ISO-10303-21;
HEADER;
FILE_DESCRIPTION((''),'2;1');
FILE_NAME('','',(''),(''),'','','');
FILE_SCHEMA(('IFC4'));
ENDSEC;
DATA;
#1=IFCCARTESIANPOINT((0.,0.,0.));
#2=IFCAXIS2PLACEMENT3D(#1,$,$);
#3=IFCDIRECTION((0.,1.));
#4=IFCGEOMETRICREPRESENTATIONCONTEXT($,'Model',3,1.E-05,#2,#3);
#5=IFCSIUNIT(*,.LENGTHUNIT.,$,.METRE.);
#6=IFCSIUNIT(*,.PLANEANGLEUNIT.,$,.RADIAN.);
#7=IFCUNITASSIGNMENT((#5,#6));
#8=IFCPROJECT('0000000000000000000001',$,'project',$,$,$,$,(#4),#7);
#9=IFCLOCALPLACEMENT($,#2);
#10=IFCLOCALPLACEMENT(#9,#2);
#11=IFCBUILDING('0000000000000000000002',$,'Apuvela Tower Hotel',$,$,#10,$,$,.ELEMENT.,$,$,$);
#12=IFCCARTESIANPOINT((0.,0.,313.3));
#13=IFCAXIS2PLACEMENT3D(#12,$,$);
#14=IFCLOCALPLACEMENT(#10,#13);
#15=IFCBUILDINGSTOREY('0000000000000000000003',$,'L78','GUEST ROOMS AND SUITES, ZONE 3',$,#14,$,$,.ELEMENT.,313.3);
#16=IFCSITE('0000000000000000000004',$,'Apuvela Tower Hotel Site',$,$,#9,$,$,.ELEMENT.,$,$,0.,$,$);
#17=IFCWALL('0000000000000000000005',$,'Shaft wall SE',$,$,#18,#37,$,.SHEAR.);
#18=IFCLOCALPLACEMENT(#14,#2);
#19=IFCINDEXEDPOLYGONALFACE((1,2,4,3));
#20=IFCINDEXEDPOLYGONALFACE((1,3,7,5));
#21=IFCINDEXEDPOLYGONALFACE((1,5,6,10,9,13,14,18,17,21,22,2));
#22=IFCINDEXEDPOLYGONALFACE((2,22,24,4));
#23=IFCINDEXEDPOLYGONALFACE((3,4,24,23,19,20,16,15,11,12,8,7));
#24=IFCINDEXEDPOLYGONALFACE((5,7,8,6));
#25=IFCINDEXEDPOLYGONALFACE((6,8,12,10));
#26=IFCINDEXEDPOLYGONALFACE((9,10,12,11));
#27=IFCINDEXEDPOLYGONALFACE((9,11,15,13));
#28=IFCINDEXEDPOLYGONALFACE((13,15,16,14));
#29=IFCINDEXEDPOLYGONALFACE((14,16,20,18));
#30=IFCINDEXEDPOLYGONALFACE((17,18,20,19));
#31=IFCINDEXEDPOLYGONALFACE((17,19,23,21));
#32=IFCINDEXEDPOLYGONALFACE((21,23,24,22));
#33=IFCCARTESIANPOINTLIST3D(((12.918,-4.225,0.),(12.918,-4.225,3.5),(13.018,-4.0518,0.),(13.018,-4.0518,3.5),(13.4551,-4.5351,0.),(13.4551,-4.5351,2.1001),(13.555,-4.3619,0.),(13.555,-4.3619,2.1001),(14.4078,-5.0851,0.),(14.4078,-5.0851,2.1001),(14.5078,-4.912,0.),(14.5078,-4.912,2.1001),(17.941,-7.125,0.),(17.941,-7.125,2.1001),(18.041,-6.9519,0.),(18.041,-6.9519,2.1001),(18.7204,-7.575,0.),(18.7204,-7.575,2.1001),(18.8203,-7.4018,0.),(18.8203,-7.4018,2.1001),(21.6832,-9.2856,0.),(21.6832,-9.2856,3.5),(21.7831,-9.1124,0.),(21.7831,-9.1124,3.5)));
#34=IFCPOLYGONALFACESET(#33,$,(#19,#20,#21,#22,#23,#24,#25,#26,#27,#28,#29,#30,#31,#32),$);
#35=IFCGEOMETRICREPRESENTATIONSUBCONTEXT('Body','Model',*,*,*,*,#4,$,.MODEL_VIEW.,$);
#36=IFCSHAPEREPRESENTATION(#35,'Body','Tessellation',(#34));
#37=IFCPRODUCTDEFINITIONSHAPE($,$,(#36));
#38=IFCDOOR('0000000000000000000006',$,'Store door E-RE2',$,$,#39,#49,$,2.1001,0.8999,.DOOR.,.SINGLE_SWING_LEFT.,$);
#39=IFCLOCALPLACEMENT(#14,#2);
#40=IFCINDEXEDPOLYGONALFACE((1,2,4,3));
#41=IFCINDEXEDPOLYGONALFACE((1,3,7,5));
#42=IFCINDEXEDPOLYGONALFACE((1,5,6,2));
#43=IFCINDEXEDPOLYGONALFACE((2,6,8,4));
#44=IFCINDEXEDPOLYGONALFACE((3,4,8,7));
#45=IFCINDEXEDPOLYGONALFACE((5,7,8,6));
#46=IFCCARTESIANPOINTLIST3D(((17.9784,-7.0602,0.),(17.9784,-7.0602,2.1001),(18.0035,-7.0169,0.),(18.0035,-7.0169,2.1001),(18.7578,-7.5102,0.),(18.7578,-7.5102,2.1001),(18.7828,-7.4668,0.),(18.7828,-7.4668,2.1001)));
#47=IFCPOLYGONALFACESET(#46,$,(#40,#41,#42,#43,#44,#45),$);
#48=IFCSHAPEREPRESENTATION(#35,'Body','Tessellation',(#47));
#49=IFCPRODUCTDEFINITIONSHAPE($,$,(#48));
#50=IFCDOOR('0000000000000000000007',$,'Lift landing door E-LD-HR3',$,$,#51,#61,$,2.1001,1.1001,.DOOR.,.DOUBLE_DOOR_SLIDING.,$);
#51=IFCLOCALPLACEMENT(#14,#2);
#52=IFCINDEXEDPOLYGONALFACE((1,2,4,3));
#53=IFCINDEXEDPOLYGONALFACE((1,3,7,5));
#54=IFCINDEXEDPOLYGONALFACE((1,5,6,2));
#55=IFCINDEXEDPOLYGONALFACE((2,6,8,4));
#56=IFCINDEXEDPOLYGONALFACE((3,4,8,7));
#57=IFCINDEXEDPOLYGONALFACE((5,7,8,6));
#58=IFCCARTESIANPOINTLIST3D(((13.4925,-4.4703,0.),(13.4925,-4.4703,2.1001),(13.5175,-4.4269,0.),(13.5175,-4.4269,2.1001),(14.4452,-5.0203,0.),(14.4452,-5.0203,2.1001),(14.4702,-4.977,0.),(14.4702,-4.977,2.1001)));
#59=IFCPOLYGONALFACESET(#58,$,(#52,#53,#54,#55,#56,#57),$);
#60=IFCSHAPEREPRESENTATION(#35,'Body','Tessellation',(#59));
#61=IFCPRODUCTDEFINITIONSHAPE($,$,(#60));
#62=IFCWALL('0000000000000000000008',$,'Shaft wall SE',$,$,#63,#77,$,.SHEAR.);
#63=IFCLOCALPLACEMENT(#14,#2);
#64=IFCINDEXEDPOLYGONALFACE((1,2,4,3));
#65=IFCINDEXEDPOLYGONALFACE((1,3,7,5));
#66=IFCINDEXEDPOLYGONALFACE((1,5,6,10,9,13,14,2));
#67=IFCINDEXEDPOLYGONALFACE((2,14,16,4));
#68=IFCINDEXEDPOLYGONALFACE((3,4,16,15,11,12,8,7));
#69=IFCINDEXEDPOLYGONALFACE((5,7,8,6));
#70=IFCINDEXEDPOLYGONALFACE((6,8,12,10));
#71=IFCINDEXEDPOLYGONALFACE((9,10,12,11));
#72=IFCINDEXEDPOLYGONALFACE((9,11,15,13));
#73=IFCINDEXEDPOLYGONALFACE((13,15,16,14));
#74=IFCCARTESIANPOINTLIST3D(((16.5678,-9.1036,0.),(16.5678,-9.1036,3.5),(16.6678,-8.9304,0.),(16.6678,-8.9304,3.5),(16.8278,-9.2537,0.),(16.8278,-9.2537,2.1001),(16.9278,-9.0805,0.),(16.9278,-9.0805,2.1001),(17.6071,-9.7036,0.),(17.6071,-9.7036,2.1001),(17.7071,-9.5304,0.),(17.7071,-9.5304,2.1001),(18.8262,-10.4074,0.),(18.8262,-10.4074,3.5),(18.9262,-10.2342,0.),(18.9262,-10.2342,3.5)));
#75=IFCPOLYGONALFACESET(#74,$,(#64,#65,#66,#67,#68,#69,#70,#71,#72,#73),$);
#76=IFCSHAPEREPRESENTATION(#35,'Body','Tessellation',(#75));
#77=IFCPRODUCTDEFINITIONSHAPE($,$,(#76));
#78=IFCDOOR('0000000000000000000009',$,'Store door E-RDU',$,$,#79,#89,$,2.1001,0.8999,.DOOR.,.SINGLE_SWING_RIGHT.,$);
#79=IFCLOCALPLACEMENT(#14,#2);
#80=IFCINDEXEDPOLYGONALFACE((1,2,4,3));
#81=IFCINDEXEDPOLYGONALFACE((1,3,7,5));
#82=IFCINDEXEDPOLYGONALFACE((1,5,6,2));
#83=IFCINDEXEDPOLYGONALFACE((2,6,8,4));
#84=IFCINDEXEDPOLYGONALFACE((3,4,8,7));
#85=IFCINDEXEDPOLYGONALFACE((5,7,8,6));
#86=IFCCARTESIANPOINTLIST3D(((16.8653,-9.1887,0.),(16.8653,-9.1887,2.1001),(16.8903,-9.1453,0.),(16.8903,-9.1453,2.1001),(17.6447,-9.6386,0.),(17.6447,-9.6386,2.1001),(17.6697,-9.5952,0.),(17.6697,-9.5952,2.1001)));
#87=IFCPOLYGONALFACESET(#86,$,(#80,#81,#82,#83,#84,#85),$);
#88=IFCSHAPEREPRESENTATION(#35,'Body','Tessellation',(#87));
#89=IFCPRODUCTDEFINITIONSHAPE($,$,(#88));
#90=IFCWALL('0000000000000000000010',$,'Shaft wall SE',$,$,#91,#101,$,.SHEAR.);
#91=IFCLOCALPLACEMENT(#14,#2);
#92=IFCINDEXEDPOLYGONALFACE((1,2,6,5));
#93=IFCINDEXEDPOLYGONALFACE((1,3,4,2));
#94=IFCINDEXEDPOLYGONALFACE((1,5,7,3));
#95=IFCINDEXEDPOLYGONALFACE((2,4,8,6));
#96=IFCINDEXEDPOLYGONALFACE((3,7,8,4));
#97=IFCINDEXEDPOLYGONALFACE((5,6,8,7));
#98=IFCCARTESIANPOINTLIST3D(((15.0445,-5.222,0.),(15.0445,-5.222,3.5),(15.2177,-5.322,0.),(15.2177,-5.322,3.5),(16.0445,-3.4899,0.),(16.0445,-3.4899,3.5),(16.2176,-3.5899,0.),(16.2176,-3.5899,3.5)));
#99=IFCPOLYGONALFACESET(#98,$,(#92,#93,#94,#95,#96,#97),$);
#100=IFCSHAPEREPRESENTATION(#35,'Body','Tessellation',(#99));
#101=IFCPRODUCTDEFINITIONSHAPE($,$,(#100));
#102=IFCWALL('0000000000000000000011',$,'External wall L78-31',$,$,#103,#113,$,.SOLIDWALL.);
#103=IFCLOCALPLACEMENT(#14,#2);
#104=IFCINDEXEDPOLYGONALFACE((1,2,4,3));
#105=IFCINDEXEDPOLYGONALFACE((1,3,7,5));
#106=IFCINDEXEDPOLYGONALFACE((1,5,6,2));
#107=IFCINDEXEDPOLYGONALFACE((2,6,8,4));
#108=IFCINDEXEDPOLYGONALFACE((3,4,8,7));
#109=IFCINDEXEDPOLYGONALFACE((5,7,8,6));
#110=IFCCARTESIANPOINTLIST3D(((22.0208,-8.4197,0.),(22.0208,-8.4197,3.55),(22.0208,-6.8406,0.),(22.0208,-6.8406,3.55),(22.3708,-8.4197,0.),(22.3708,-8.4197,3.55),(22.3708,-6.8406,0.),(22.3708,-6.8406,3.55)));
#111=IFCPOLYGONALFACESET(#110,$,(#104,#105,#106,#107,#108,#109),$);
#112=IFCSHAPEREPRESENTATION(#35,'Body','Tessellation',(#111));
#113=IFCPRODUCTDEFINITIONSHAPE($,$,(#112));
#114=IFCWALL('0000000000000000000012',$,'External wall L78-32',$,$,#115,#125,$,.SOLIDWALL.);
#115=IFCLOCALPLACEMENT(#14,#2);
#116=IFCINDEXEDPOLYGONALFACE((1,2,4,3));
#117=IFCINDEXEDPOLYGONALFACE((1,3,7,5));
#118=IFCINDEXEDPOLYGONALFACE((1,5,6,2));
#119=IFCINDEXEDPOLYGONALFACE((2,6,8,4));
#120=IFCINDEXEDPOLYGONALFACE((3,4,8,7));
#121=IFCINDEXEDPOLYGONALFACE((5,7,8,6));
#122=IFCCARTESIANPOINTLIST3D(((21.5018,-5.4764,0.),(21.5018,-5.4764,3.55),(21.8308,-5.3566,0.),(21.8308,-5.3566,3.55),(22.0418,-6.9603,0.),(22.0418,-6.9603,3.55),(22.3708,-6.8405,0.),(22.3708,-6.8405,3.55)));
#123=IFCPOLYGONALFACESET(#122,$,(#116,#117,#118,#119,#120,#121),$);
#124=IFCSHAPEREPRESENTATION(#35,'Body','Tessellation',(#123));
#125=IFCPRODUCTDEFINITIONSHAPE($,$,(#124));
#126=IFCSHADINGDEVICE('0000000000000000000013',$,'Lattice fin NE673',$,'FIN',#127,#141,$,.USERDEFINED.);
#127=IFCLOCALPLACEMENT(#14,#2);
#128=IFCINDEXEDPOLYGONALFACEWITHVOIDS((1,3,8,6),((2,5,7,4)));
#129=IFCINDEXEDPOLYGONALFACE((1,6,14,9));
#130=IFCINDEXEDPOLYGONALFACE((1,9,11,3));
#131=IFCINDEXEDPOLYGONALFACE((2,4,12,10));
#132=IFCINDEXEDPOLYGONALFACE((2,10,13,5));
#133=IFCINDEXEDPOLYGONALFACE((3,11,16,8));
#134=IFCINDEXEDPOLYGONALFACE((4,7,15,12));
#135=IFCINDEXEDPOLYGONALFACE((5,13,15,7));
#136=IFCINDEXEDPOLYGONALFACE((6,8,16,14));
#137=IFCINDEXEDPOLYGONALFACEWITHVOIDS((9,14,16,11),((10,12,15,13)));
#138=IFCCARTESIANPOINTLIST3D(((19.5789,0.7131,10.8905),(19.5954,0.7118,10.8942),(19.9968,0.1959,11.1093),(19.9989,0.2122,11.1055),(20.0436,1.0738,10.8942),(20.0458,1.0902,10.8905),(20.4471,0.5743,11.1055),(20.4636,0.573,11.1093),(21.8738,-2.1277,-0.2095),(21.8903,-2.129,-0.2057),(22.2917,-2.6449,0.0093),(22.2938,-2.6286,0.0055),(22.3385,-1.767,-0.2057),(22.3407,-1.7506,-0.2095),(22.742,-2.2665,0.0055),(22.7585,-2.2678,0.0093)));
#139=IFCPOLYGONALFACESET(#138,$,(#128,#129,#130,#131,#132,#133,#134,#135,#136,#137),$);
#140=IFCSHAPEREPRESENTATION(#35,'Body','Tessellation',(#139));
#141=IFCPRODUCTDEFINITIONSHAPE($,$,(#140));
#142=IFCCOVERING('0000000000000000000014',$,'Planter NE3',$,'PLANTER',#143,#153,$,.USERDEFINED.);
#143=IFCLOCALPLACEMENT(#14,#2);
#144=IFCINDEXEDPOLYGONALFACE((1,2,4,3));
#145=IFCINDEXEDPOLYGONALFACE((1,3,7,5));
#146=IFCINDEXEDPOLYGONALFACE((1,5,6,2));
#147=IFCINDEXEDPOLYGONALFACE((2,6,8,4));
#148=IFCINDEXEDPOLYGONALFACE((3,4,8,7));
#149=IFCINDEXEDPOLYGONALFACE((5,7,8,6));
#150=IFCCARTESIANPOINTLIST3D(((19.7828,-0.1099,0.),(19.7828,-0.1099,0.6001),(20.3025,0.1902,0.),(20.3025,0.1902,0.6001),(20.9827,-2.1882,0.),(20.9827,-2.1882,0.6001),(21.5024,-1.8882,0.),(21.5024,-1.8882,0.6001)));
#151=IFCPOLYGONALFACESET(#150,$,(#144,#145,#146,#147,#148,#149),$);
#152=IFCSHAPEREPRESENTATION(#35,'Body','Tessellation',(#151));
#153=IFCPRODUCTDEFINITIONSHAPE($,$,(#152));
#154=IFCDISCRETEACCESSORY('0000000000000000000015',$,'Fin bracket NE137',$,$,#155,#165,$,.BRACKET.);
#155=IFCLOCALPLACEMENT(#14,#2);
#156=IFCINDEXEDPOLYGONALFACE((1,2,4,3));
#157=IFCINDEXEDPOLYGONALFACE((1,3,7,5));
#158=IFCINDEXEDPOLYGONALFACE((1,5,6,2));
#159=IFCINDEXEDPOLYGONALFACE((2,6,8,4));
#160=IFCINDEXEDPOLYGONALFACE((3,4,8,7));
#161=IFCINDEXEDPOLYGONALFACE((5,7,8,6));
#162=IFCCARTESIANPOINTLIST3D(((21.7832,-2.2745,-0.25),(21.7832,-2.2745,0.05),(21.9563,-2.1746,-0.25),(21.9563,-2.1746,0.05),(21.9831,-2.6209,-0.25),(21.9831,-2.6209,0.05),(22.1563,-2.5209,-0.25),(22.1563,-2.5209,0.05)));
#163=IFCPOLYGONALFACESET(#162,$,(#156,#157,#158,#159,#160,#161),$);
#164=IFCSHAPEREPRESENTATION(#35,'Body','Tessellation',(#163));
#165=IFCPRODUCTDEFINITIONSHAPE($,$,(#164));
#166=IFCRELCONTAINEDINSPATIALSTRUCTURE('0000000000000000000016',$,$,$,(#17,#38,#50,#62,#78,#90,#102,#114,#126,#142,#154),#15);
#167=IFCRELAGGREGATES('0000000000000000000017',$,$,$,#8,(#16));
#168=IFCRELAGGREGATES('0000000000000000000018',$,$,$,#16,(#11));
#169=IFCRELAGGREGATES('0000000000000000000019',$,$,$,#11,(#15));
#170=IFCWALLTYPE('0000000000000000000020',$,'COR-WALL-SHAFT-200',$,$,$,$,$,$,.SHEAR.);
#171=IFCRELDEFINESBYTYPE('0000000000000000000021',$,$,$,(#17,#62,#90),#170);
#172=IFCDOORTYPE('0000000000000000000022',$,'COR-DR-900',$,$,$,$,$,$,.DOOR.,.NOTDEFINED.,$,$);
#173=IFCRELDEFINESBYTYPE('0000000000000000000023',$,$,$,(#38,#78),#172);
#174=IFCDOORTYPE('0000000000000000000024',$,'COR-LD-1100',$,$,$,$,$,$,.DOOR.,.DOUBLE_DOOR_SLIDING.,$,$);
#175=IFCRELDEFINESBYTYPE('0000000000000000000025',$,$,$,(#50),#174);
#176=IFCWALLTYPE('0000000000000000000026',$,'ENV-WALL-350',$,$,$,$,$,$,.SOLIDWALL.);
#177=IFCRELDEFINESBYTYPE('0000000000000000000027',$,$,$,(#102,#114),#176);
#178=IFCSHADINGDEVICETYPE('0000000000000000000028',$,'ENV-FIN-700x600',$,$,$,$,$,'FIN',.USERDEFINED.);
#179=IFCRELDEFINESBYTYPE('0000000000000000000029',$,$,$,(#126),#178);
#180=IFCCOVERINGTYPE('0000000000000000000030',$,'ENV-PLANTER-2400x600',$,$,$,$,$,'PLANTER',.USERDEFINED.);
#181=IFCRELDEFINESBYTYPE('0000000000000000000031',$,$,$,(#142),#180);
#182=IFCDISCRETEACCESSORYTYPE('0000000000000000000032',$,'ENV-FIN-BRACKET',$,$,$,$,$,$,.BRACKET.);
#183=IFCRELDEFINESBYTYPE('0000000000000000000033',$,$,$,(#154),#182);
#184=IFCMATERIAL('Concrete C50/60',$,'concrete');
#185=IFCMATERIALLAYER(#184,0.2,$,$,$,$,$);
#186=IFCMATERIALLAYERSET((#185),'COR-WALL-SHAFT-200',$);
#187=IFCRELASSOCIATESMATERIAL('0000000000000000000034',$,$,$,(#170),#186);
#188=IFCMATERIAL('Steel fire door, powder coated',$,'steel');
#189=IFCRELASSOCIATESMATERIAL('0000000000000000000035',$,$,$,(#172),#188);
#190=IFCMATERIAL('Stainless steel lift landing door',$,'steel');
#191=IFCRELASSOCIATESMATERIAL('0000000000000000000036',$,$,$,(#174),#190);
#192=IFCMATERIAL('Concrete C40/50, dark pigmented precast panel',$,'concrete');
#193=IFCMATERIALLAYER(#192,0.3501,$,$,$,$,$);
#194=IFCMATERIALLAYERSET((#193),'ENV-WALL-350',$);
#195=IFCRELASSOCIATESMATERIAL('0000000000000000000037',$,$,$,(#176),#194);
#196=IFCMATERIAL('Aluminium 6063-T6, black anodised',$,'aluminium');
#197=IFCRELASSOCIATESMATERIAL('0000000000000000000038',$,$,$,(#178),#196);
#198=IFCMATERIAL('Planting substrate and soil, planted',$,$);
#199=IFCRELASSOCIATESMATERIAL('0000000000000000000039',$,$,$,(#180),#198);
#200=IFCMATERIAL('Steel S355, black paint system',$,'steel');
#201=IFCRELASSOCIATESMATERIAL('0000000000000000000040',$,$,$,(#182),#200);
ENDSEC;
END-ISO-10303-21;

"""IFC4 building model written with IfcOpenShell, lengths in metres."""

from ifc_helpers import new_model, si_unit, direction, frame, frame_2d, origin, origin_2d, place, context, subcontext, project, spatial, rectangle, hollow_rectangle, extrude, material, layer, layer_set, material_profile, profile_set, type_object, element, fill, save


model = new_model("IFC4")

# Units and contexts
model_context = context("Model", 3, precision=1e-05, world=origin(), true_north=direction((0.0, 1.0)))
body_context = subcontext(model_context, "Body", "Model", "MODEL_VIEW")
ifc_project = project(units=[si_unit("LENGTHUNIT", "METRE"), si_unit("PLANEANGLEUNIT", "RADIAN")], contexts=[model_context])

# Site, building, storey
site_placement = place(None, origin())
site = spatial("IfcSite", under=ifc_project, at=site_placement, Name="Apuvela Tower Hotel Site", CompositionType="ELEMENT", RefElevation=0.0)
building_placement = place(site_placement, origin())
building = spatial("IfcBuilding", under=site, at=building_placement, Name="Apuvela Tower Hotel", CompositionType="ELEMENT")
storey_placement = place(building_placement, frame((0.0, 0.0, 313.3)))
storey = spatial("IfcBuildingStorey", under=building, at=storey_placement, Name="L78", Description="GUEST ROOMS AND SUITES, ZONE 3", CompositionType="ELEMENT", Elevation=313.3)

# Shared definitions
ifc_material_1 = material(Name="Concrete C50/60", Category="concrete")
ifc_layer_1 = layer(ifc_material_1, 0.2)
ifc_layer_set_1 = layer_set([ifc_layer_1], Name="COR-WALL-SHAFT-200")
wall_type_1 = type_object("IfcWallType", Name="COR-WALL-SHAFT-200", PredefinedType="SHEAR", material=ifc_layer_set_1)

# Wall, openings, doors
wall_1_placement = place(storey_placement, frame((12.968, -4.1384, 0.0), z_axis=(0.0, 0.0, 1.0), x_axis=(0.866026, -0.499999, 0.0)))
wall_1 = element("IfcWall", 1, at=wall_1_placement, inside=storey, type_object=wall_type_1, Name="Shaft wall SE", PredefinedType="SHEAR", context=body_context, shape_type="SweptSolid", body=[
    extrude(rectangle(XDim=10.1211, YDim=0.2, at=frame_2d((5.0605, 0.0))), origin(), (0.0, 0.0, 1.0), 3.5),
])
opening_1_placement = place(wall_1_placement, frame((0.6201, 0.0, 0.0)))
opening_1 = element("IfcOpeningElement", 2, at=opening_1_placement, cuts=wall_1, PredefinedType="OPENING", context=body_context, shape_type="SweptSolid", body=[
    extrude(rectangle(XDim=1.1001, YDim=2.1001, at=frame_2d((0.55, 1.05))), frame((0.0, 0.1099, 0.0), z_axis=(0.0, -1.0, 0.0), x_axis=(1.0, 0.0, 0.0)), (0.0, 0.0, 1.0), 0.22),
])
opening_2_placement = place(wall_1_placement, frame((5.8, 0.0, 0.0)))
opening_2 = element("IfcOpeningElement", 3, at=opening_2_placement, cuts=wall_1, PredefinedType="OPENING", context=body_context, shape_type="SweptSolid", body=[
    extrude(rectangle(XDim=0.8999, YDim=2.1001, at=frame_2d((0.45, 1.05))), frame((0.0, 0.1099, 0.0), z_axis=(0.0, -1.0, 0.0), x_axis=(1.0, 0.0, 0.0)), (0.0, 0.0, 1.0), 0.22),
])
ifc_material_2 = material(Name="Steel fire door, powder coated", Category="steel")
door_type_1 = type_object("IfcDoorType", Name="COR-DR-900", OperationType="NOTDEFINED", PredefinedType="DOOR", material=ifc_material_2)
door_1_placement = place(opening_2_placement, origin())
door_1 = element("IfcDoor", 4, at=door_1_placement, inside=storey, type_object=door_type_1, Name="Store door E-RE2", OperationType="SINGLE_SWING_LEFT", OverallHeight=2.1001, OverallWidth=0.8999, PredefinedType="DOOR", context=body_context, shape_type="SweptSolid", body=[
    extrude(rectangle(XDim=0.8999, YDim=2.1001, at=frame_2d((0.45, 1.05))), frame((0.0, 0.0249, 0.0), z_axis=(0.0, -1.0, 0.0), x_axis=(1.0, 0.0, 0.0)), (0.0, 0.0, 1.0), 0.05),
])
fill(opening_2, door_1)
ifc_material_3 = material(Name="Stainless steel lift landing door", Category="steel")
door_type_2 = type_object("IfcDoorType", Name="COR-LD-1100", OperationType="DOUBLE_DOOR_SLIDING", PredefinedType="DOOR", material=ifc_material_3)
door_2_placement = place(opening_1_placement, origin())
door_2 = element("IfcDoor", 5, at=door_2_placement, inside=storey, type_object=door_type_2, Name="Lift landing door E-LD-HR3", OperationType="DOUBLE_DOOR_SLIDING", OverallHeight=2.1001, OverallWidth=1.1001, PredefinedType="DOOR", context=body_context, shape_type="SweptSolid", body=[
    extrude(rectangle(XDim=1.1001, YDim=2.1001, at=frame_2d((0.55, 1.05))), frame((0.0, 0.0249, 0.0), z_axis=(0.0, -1.0, 0.0), x_axis=(1.0, 0.0, 0.0)), (0.0, 0.0, 1.0), 0.05),
])
fill(opening_1, door_2)

# Wall, opening, door
wall_2_placement = place(storey_placement, frame((16.6179, -9.0171, 0.0), z_axis=(0.0, 0.0, 1.0), x_axis=(0.866045, -0.499966, 0.0)))
wall_2 = element("IfcWall", 6, at=wall_2_placement, inside=storey, type_object=wall_type_1, Name="Shaft wall SE", PredefinedType="SHEAR", context=body_context, shape_type="SweptSolid", body=[
    extrude(rectangle(XDim=2.6077, YDim=0.2, at=frame_2d((1.3037, 0.0))), origin(), (0.0, 0.0, 1.0), 3.5),
])
opening_3_placement = place(wall_2_placement, frame((0.3, 0.0, 0.0)))
opening_3 = element("IfcOpeningElement", 7, at=opening_3_placement, cuts=wall_2, PredefinedType="OPENING", context=body_context, shape_type="SweptSolid", body=[
    extrude(rectangle(XDim=0.8999, YDim=2.1001, at=frame_2d((0.45, 1.05))), frame((0.0, 0.1099, 0.0), z_axis=(0.0, -1.0, 0.0), x_axis=(1.0, 0.0, 0.0)), (0.0, 0.0, 1.0), 0.22),
])
door_3_placement = place(opening_3_placement, frame((0.8999, 0.0, 0.0), z_axis=(0.0, 0.0, 1.0), x_axis=(-1.0, 0.0, 0.0)))
door_3 = element("IfcDoor", 8, at=door_3_placement, inside=storey, type_object=door_type_1, Name="Store door E-RDU", OperationType="SINGLE_SWING_RIGHT", OverallHeight=2.1001, OverallWidth=0.8999, PredefinedType="DOOR", context=body_context, shape_type="SweptSolid", body=[
    extrude(rectangle(XDim=0.8999, YDim=2.1001, at=frame_2d((0.45, 1.05))), frame((0.0, 0.0249, 0.0), z_axis=(0.0, -1.0, 0.0), x_axis=(1.0, 0.0, 0.0)), (0.0, 0.0, 1.0), 0.05),
])
fill(opening_3, door_3)

# Walls
wall_3_placement = place(storey_placement, frame((15.1311, -5.272, 0.0), z_axis=(0.0, 0.0, 1.0), x_axis=(0.499973, 0.866041, 0.0)))
element("IfcWall", 9, at=wall_3_placement, inside=storey, type_object=wall_type_1, Name="Shaft wall SE", PredefinedType="SHEAR", context=body_context, shape_type="SweptSolid", body=[
    extrude(rectangle(XDim=2.0, YDim=0.2, at=frame_2d((1.0, 0.0))), origin(), (0.0, 0.0, 1.0), 3.5),
])
ifc_material_4 = material(Name="Concrete C40/50, dark pigmented precast panel", Category="concrete")
ifc_layer_2 = layer(ifc_material_4, 0.3501)
ifc_layer_set_2 = layer_set([ifc_layer_2], Name="ENV-WALL-350")
wall_type_2 = type_object("IfcWallType", Name="ENV-WALL-350", PredefinedType="SOLIDWALL", material=ifc_layer_set_2)
for number, where, z_axis, x_axis, name in (
    (10, (22.1958, -8.4197, 0.0), (0.0, 0.0, 1.0), (0.0, 1.0, 0.0), "External wall L78-31"),
    (11, (22.2063, -6.9004, 0.0), (0.0, 0.0, 1.0), (-0.341991, 0.939703, 0.0), "External wall L78-32"),
):
    element("IfcWall", number, at=place(storey_placement, frame(where, z_axis=z_axis, x_axis=x_axis)), inside=storey, type_object=wall_type_2, Name=name, PredefinedType="SOLIDWALL", context=body_context, shape_type="SweptSolid", body=[
        extrude(rectangle(XDim=1.5791, YDim=0.3501, at=frame_2d((0.7896, 0.0))), origin(), (0.0, 0.0, 1.0), 3.55),
    ])

# Shading device
ifc_material_5 = material(Name="Aluminium 6063-T6, black anodised", Category="aluminium")
ifc_material_profile_1 = material_profile(ifc_material_5, hollow_rectangle(XDim=0.6001, YDim=0.7, WallThickness=0.012, at=origin_2d()), Name="AL BOX 700x600x12")
ifc_profile_set_1 = profile_set([ifc_material_profile_1], Name="Aluminium 6063-T6, black anodised")
shading_device_type = type_object("IfcShadingDeviceType", Name="ENV-FIN-700x600", ElementType="FIN", PredefinedType="USERDEFINED", material=ifc_profile_set_1)
shading_device_placement = place(storey_placement, frame((22.3162, -2.1978, -0.1001), z_axis=(-0.196392, 0.243108, 0.94991), x_axis=(-0.777886, -0.628406, 0.0)))
element("IfcShadingDevice", 12, at=shading_device_placement, inside=storey, type_object=shading_device_type, Name="Lattice fin NE673", ObjectType="FIN", PredefinedType="USERDEFINED", context=body_context, shape_type="SweptSolid", body=[
    extrude(hollow_rectangle(XDim=0.6001, YDim=0.7, WallThickness=0.012, at=origin_2d()), origin(), (0.0, 0.0, 1.0), 11.6853),
])

# Covering
ifc_material_6 = material(Name="Planting substrate and soil, planted")
covering_type = type_object("IfcCoveringType", Name="ENV-PLANTER-2400x600", ElementType="PLANTER", PredefinedType="USERDEFINED", material=ifc_material_6)
covering_placement = place(storey_placement, frame((20.6426, -0.999, 0.0), z_axis=(0.0, 0.0, 1.0), x_axis=(-0.5, 0.866025, 0.0)))
element("IfcCovering", 13, at=covering_placement, inside=storey, type_object=covering_type, Name="Planter NE3", ObjectType="PLANTER", PredefinedType="USERDEFINED", context=body_context, shape_type="SweptSolid", body=[
    extrude(rectangle(XDim=2.3999, YDim=0.6001, at=origin_2d()), origin(), (0.0, 0.0, 1.0), 0.6001),
])

# Discrete accessory
ifc_material_7 = material(Name="Steel S355, black paint system", Category="steel")
discrete_accessory_type = type_object("IfcDiscreteAccessoryType", Name="ENV-FIN-BRACKET", PredefinedType="BRACKET", material=ifc_material_7)
discrete_accessory_placement = place(storey_placement, frame((21.9697, -2.3977, -0.25), z_axis=(0.0, 0.0, 1.0), x_axis=(-0.5, 0.866025, 0.0)))
element("IfcDiscreteAccessory", 14, at=discrete_accessory_placement, inside=storey, type_object=discrete_accessory_type, Name="Fin bracket NE137", PredefinedType="BRACKET", context=body_context, shape_type="SweptSolid", body=[
    extrude(rectangle(XDim=0.3999, YDim=0.2, at=origin_2d()), origin(), (0.0, 0.0, 1.0), 0.3),
])

save(model, "model.ifc")
